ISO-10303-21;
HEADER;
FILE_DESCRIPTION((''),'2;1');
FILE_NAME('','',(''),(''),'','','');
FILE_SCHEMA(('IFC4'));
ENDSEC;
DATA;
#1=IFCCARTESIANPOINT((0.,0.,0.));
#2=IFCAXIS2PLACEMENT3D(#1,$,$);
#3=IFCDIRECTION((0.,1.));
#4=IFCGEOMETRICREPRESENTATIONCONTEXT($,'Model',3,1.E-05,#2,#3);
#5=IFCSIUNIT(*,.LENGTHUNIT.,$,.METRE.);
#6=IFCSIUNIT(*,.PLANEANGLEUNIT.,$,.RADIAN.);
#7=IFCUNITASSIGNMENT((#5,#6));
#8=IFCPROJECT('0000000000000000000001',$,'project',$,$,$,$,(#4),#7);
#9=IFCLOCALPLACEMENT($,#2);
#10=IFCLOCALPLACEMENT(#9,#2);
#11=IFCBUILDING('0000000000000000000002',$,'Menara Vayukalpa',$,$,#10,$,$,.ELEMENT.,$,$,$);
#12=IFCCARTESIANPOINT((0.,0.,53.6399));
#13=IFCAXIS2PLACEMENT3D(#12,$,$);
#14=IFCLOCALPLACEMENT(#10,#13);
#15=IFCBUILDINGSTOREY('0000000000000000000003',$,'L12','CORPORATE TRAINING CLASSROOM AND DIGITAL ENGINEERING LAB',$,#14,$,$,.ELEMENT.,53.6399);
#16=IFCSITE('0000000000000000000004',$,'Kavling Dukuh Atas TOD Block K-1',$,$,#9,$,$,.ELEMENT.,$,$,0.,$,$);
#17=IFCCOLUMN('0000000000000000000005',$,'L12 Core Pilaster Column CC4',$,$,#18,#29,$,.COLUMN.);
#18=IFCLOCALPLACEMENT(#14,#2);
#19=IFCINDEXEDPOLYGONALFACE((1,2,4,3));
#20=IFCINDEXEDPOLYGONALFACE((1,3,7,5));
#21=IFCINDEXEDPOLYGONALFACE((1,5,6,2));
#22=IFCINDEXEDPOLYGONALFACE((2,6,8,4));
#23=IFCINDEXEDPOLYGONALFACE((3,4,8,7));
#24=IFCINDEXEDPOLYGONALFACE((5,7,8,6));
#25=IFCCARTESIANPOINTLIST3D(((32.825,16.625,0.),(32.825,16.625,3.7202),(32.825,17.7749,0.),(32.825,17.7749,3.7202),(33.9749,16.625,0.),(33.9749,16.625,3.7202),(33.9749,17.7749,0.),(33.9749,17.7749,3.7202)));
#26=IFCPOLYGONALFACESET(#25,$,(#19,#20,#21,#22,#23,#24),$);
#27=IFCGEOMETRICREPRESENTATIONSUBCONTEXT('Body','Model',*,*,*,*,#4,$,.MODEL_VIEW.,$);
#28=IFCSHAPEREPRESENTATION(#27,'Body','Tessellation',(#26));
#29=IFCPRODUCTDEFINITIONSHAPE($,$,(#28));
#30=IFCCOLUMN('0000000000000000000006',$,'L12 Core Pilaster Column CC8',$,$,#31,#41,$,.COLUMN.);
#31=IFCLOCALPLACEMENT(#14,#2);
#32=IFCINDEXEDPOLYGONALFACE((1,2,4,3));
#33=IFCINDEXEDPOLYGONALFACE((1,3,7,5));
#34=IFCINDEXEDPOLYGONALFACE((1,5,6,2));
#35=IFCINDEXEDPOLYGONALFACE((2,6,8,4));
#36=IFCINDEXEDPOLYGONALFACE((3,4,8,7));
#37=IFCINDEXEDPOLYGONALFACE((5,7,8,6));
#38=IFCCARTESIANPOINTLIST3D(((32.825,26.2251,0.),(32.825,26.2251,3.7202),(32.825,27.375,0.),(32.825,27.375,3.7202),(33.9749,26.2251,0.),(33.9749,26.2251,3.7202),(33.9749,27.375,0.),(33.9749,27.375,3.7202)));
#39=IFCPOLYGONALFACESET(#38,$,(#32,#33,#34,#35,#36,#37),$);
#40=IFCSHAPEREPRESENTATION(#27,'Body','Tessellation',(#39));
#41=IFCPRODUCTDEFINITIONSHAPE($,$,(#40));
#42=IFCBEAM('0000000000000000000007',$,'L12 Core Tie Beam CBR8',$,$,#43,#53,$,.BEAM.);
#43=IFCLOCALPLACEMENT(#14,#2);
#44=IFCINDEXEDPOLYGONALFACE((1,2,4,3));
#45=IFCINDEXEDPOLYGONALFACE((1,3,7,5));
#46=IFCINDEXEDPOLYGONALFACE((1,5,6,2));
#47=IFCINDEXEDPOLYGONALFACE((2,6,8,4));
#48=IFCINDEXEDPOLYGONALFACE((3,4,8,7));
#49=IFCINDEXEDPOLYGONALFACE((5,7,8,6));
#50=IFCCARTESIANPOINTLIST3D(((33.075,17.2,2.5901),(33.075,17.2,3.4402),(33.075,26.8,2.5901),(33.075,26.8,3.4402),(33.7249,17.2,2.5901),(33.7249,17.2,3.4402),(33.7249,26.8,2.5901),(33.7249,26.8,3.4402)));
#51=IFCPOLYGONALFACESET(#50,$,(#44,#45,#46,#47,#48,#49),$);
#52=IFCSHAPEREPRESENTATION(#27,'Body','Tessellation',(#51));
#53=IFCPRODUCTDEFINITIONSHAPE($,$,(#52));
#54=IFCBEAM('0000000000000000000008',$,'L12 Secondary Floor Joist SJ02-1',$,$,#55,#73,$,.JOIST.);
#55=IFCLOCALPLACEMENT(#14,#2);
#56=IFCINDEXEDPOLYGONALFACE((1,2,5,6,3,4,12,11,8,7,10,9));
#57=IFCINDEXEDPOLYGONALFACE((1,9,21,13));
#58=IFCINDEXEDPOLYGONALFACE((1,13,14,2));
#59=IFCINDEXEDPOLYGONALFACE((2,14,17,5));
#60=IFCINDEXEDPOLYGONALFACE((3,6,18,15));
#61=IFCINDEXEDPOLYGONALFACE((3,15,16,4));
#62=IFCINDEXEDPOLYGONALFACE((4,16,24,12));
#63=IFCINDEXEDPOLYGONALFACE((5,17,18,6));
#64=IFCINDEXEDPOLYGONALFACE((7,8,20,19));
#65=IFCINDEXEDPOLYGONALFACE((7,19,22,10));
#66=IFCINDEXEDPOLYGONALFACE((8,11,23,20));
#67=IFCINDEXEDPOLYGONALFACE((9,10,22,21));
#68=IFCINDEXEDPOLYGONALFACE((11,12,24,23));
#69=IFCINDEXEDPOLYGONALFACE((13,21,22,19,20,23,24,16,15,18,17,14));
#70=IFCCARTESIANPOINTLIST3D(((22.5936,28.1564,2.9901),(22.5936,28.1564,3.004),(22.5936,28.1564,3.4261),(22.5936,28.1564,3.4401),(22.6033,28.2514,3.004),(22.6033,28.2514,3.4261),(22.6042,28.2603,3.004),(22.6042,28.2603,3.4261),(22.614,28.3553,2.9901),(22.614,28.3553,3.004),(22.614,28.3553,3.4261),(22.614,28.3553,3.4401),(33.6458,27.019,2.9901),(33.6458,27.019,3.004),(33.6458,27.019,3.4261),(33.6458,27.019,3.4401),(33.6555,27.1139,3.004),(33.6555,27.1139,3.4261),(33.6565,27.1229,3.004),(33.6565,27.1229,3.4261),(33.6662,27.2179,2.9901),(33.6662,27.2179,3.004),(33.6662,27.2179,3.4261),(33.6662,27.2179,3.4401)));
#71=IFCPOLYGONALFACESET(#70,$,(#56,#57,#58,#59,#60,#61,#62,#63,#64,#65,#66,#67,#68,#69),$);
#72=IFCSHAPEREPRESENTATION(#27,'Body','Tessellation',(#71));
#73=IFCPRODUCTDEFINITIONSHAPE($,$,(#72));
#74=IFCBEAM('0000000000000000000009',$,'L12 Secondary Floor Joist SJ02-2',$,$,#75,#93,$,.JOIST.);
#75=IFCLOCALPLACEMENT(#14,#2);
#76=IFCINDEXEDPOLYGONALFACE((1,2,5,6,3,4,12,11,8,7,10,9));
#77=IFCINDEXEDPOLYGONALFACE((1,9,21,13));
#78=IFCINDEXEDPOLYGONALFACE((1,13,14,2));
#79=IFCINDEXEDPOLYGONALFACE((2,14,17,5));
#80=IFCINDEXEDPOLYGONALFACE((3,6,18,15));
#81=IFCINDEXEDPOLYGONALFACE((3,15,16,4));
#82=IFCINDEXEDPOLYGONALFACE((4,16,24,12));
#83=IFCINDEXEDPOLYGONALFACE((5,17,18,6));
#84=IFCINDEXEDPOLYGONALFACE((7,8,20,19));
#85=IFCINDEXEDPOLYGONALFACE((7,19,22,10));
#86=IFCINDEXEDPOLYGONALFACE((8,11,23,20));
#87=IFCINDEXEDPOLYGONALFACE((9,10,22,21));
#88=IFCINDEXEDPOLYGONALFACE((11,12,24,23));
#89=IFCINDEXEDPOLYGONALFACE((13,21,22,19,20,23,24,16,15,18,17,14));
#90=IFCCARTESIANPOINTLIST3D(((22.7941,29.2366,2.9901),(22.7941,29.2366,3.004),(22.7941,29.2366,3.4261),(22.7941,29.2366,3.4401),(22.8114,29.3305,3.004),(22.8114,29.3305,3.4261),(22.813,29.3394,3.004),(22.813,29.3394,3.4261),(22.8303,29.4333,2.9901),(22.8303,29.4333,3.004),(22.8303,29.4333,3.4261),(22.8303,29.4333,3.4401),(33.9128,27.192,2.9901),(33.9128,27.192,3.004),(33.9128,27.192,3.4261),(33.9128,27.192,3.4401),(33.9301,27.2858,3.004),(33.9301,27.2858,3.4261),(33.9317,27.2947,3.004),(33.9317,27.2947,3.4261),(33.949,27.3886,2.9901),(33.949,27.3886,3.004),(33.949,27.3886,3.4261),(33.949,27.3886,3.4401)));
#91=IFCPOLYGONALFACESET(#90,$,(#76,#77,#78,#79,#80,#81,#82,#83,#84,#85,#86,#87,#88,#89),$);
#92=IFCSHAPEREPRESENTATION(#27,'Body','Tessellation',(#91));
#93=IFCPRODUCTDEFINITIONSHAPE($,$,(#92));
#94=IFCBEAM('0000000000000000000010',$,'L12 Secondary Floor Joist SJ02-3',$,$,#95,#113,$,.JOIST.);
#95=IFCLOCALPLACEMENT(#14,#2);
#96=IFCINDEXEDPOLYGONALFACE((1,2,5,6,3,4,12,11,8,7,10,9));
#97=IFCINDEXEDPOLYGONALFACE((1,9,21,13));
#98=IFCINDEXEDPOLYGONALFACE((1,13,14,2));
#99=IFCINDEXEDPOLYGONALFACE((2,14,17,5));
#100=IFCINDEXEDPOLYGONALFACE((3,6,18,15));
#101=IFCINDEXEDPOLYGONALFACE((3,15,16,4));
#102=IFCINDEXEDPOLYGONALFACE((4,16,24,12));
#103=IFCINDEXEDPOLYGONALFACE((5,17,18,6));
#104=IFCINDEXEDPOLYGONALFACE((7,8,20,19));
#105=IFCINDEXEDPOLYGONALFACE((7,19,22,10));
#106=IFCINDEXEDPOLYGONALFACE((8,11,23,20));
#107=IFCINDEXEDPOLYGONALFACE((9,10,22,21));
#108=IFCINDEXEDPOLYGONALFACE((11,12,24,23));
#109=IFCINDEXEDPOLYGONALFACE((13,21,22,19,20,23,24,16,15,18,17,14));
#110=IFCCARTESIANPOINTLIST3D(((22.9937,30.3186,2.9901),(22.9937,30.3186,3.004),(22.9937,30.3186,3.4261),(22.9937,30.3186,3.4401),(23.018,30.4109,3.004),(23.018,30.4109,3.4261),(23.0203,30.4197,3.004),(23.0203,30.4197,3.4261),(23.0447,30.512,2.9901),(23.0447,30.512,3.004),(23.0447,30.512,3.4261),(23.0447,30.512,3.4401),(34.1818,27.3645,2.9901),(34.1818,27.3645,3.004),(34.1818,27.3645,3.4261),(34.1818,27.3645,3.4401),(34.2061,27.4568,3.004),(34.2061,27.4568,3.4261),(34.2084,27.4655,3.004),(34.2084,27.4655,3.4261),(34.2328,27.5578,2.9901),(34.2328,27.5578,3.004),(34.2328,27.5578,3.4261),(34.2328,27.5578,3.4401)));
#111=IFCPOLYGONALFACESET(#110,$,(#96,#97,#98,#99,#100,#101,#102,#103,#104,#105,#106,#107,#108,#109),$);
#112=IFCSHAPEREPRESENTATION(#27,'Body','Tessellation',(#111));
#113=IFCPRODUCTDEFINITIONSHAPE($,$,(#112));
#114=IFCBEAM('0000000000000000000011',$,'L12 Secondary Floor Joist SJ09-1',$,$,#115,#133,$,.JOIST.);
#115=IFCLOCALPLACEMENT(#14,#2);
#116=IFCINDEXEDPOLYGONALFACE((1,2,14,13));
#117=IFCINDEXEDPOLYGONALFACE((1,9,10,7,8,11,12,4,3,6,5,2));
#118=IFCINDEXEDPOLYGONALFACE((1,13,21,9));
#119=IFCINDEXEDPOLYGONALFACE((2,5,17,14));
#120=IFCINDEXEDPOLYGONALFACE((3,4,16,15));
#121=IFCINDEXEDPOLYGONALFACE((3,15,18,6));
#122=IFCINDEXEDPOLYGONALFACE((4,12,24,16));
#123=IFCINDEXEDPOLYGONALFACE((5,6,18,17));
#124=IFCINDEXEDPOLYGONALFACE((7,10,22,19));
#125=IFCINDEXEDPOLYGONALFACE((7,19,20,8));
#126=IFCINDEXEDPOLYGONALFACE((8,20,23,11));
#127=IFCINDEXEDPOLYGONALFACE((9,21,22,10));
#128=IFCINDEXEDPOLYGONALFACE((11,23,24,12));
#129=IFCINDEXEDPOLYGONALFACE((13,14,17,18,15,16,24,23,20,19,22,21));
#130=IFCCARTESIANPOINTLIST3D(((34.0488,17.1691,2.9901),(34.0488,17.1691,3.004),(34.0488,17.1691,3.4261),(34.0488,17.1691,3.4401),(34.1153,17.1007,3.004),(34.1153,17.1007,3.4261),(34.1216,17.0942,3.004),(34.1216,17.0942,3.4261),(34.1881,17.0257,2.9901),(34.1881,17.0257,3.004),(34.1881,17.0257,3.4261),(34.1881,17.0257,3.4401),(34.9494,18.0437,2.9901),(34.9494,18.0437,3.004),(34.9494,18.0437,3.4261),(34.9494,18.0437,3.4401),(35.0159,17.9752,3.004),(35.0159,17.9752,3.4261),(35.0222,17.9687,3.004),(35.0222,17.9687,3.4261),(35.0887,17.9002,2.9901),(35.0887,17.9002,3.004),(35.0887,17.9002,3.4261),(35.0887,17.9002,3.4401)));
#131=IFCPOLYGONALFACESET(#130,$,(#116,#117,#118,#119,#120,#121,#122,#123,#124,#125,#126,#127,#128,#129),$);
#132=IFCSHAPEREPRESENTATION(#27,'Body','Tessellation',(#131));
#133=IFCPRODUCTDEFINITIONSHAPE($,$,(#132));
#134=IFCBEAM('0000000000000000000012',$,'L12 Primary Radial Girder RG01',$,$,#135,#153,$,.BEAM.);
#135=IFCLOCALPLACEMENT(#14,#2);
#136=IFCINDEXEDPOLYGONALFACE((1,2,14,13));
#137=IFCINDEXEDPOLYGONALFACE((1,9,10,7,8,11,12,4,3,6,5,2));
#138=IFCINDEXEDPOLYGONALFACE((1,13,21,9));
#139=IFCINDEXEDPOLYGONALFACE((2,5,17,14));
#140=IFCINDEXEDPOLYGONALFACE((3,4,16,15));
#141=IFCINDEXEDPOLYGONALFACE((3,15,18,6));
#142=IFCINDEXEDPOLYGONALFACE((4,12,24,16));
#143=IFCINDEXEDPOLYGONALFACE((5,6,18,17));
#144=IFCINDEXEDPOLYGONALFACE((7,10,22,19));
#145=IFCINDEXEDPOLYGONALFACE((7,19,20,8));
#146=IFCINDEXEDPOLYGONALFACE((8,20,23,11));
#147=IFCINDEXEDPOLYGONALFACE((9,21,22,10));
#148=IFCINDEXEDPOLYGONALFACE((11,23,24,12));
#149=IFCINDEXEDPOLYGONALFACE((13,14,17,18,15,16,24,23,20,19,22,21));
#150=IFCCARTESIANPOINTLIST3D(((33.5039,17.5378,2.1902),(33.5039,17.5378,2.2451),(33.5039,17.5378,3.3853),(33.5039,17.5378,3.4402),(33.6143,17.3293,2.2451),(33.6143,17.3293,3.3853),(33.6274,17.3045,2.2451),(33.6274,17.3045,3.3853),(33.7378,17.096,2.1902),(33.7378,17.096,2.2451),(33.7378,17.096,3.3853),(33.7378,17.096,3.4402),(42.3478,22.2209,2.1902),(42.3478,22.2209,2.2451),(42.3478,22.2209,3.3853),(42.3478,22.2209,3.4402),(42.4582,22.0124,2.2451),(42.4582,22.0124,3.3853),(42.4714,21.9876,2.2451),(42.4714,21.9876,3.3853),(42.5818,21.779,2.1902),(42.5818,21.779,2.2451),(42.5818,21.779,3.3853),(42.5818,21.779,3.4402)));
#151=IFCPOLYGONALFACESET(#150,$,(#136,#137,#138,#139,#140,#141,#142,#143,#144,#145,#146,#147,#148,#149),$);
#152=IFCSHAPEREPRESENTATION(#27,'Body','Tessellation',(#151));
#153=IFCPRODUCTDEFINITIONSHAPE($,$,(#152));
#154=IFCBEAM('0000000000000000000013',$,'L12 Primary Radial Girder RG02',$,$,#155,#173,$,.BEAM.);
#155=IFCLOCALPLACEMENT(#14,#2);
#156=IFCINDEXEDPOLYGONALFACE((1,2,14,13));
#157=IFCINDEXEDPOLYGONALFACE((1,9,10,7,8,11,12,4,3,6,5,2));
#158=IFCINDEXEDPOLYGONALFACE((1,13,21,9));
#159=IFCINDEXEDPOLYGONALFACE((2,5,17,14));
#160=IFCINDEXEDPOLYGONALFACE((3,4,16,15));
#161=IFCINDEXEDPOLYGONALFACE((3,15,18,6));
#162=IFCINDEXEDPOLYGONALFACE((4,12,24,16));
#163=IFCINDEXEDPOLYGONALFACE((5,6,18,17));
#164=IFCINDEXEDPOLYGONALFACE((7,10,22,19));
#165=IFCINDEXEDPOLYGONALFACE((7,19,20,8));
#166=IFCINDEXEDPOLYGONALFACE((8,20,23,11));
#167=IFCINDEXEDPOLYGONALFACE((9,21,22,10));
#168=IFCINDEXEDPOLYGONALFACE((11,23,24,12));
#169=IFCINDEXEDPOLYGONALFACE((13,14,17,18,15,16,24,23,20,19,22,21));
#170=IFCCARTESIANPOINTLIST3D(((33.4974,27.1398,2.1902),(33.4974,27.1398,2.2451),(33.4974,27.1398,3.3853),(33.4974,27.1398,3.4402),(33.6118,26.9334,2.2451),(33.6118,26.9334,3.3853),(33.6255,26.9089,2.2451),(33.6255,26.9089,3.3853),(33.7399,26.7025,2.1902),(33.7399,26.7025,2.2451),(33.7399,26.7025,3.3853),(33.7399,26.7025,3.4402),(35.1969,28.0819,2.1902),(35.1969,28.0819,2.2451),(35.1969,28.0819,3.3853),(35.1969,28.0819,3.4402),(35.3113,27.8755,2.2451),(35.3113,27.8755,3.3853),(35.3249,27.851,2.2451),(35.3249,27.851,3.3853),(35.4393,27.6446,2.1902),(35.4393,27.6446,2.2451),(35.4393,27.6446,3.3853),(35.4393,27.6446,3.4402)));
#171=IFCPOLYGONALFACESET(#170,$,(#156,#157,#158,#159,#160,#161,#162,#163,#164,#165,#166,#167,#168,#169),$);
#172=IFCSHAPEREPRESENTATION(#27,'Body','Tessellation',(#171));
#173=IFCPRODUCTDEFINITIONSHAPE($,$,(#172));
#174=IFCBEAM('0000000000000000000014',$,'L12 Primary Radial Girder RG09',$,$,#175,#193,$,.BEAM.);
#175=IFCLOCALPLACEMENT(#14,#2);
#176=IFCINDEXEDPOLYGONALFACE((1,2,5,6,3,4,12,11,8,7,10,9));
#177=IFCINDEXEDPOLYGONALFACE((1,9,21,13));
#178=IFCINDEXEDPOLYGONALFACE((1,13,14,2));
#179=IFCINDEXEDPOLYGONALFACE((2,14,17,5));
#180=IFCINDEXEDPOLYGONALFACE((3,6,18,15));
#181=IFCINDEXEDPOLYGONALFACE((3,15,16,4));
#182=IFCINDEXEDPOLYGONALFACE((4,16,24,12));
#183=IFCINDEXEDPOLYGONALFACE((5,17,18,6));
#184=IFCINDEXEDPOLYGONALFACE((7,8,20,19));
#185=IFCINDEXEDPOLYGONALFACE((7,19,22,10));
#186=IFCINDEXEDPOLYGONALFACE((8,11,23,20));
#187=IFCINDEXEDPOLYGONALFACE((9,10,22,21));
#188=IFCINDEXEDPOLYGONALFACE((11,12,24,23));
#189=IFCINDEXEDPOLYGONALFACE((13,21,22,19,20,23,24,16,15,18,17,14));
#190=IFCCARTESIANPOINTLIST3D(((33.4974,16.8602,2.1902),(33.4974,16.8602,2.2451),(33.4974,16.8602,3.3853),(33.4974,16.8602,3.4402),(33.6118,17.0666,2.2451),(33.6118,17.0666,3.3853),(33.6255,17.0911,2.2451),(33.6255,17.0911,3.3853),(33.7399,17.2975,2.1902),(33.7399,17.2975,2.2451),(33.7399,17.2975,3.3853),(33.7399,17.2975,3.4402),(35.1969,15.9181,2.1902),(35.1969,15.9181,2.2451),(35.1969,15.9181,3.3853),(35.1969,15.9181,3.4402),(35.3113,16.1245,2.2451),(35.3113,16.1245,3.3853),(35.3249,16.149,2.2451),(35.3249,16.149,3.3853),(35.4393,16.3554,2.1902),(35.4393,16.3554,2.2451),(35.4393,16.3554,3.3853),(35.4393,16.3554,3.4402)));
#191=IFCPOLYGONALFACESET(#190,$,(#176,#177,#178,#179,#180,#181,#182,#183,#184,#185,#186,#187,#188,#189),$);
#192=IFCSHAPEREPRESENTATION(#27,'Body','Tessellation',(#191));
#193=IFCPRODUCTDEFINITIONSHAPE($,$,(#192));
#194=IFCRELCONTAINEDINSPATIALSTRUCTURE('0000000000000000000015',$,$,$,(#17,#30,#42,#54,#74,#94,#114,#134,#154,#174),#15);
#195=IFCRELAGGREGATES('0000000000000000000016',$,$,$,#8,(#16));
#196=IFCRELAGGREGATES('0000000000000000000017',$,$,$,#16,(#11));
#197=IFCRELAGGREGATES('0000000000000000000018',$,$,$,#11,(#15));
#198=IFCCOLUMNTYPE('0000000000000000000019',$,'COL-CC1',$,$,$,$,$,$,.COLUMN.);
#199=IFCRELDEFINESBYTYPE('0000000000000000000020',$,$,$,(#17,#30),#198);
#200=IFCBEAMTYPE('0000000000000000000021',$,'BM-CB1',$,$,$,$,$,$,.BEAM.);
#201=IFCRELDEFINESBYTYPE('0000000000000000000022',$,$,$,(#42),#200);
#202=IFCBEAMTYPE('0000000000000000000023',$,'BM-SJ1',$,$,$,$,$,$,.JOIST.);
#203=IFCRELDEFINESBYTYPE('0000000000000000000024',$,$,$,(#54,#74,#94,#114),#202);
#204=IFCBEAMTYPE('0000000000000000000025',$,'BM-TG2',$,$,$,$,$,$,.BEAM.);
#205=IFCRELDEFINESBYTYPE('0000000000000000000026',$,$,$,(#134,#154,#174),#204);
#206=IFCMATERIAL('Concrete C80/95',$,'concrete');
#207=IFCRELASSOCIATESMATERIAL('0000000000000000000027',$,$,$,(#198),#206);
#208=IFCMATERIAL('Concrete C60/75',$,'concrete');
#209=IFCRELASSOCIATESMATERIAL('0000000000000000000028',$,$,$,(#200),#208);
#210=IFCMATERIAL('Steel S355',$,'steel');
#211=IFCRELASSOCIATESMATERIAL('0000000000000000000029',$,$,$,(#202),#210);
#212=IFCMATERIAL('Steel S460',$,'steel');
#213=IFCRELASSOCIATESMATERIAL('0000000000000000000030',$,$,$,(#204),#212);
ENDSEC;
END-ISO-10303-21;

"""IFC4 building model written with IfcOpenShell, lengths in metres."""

from ifc_helpers import new_model, si_unit, direction, frame, origin, origin_2d, place, context, subcontext, project, spatial, rectangle, i_section, extrude, material, material_profile, profile_set, type_object, element, save


model = new_model("IFC4")

# Units and contexts
model_context = context("Model", 3, precision=1e-05, world=origin(), true_north=direction((0.0, 1.0)))
body_context = subcontext(model_context, "Body", "Model", "MODEL_VIEW")
ifc_project = project(units=[si_unit("LENGTHUNIT", "METRE"), si_unit("PLANEANGLEUNIT", "RADIAN")], contexts=[model_context])

# Site, building, storey
site_placement = place(None, origin())
site = spatial("IfcSite", under=ifc_project, at=site_placement, Name="Kavling Dukuh Atas TOD Block K-1", CompositionType="ELEMENT", RefElevation=0.0)
building_placement = place(site_placement, origin())
building = spatial("IfcBuilding", under=site, at=building_placement, Name="Menara Vayukalpa", CompositionType="ELEMENT")
storey_placement = place(building_placement, frame((0.0, 0.0, 53.6399)))
storey = spatial("IfcBuildingStorey", under=building, at=storey_placement, Name="L12", Description="CORPORATE TRAINING CLASSROOM AND DIGITAL ENGINEERING LAB", CompositionType="ELEMENT", Elevation=53.6399)

# Columns
ifc_material_1 = material(Name="Concrete C80/95", Category="concrete")
ifc_material_profile_1 = material_profile(ifc_material_1, rectangle(XDim=1.1499, YDim=1.1499, at=origin_2d()), Name="RC 1150x1150")
ifc_profile_set_1 = profile_set([ifc_material_profile_1], Name="Concrete C80/95")
column_type = type_object("IfcColumnType", Name="COL-CC1", PredefinedType="COLUMN", material=ifc_profile_set_1)
for number, where, z_axis, x_axis, name in (
    (1, (33.3999, 17.2, 0.0), (0.0, 0.0, 1.0), (1.0, 0.0, 0.0), "L12 Core Pilaster Column CC4"),
    (2, (33.3999, 26.8, 0.0), (0.0, 0.0, 1.0), (1.0, 0.0, 0.0), "L12 Core Pilaster Column CC8"),
):
    element("IfcColumn", number, at=place(storey_placement, frame(where, z_axis=z_axis, x_axis=x_axis)), inside=storey, type_object=column_type, Name=name, PredefinedType="COLUMN", context=body_context, shape_type="SweptSolid", body=[
        extrude(rectangle(XDim=1.1499, YDim=1.1499, at=origin_2d()), origin(), (0.0, 0.0, 1.0), 3.7202),
    ])

# Beams
ifc_material_2 = material(Name="Concrete C60/75", Category="concrete")
ifc_material_profile_2 = material_profile(ifc_material_2, rectangle(XDim=0.6499, YDim=0.8501, at=origin_2d()), Name="RC 650x850")
ifc_profile_set_2 = profile_set([ifc_material_profile_2], Name="Concrete C60/75")
beam_type_1 = type_object("IfcBeamType", Name="BM-CB1", PredefinedType="BEAM", material=ifc_profile_set_2)
beam_1_placement = place(storey_placement, frame((33.3999, 17.2, 3.0151), z_axis=(0.0, 1.0, 0.0), x_axis=(-1.0, 0.0, 0.0)))
element("IfcBeam", 3, at=beam_1_placement, inside=storey, type_object=beam_type_1, Name="L12 Core Tie Beam CBR8", PredefinedType="BEAM", context=body_context, shape_type="SweptSolid", body=[
    extrude(rectangle(XDim=0.6499, YDim=0.8501, at=origin_2d()), origin(), (0.0, 0.0, 1.0), 9.6001),
])
ifc_material_3 = material(Name="Steel S355", Category="steel")
ifc_material_profile_3 = material_profile(ifc_material_3, i_section(OverallWidth=0.2, OverallDepth=0.45, WebThickness=0.009, FlangeThickness=0.0139, at=origin_2d()), Name="WF 450x200x9x14")
ifc_profile_set_3 = profile_set([ifc_material_profile_3], Name="Steel S355")
beam_type_2 = type_object("IfcBeamType", Name="BM-SJ1", PredefinedType="JOIST", material=ifc_profile_set_3)
beam_2_placement = place(storey_placement, frame((33.656, 27.1184, 3.2151), z_axis=(-0.994746, 0.102375, 0.0), x_axis=(-0.102375, -0.994746, 0.0)))
element("IfcBeam", 4, at=beam_2_placement, inside=storey, type_object=beam_type_2, Name="L12 Secondary Floor Joist SJ02-1", PredefinedType="JOIST", context=body_context, shape_type="SweptSolid", body=[
    extrude(i_section(OverallWidth=0.2, OverallDepth=0.45, WebThickness=0.009, FlangeThickness=0.0139, at=origin_2d()), origin(), (0.0, 0.0, 1.0), 11.1106),
])
beam_3_placement = place(storey_placement, frame((33.9309, 27.2903, 3.2151), z_axis=(-0.983508, 0.180863, 0.0), x_axis=(-0.180863, -0.983508, 0.0)))
element("IfcBeam", 5, at=beam_3_placement, inside=storey, type_object=beam_type_2, Name="L12 Secondary Floor Joist SJ02-2", PredefinedType="JOIST", context=body_context, shape_type="SweptSolid", body=[
    extrude(i_section(OverallWidth=0.2, OverallDepth=0.45, WebThickness=0.009, FlangeThickness=0.0139, at=origin_2d()), origin(), (0.0, 0.0, 1.0), 11.3052),
])
beam_4_placement = place(storey_placement, frame((34.2073, 27.4612, 3.2151), z_axis=(-0.966864, 0.255293, 0.0), x_axis=(-0.255293, -0.966864, 0.0)))
element("IfcBeam", 6, at=beam_4_placement, inside=storey, type_object=beam_type_2, Name="L12 Secondary Floor Joist SJ02-3", PredefinedType="JOIST", context=body_context, shape_type="SweptSolid", body=[
    extrude(i_section(OverallWidth=0.2, OverallDepth=0.45, WebThickness=0.009, FlangeThickness=0.0139, at=origin_2d()), origin(), (0.0, 0.0, 1.0), 11.5715),
])
beam_5_placement = place(storey_placement, frame((34.1184, 17.0974, 3.2151), z_axis=(0.717435, 0.696626, 0.0), x_axis=(-0.696626, 0.717435, 0.0)))
element("IfcBeam", 7, at=beam_5_placement, inside=storey, type_object=beam_type_2, Name="L12 Secondary Floor Joist SJ09-1", PredefinedType="JOIST", context=body_context, shape_type="SweptSolid", body=[
    extrude(i_section(OverallWidth=0.2, OverallDepth=0.45, WebThickness=0.009, FlangeThickness=0.0139, at=origin_2d()), origin(), (0.0, 0.0, 1.0), 1.2554),
])
ifc_material_4 = material(Name="Steel S460", Category="steel")
ifc_material_profile_4 = material_profile(ifc_material_4, i_section(OverallWidth=0.5, OverallDepth=1.25, WebThickness=0.0281, FlangeThickness=0.0549, at=origin_2d()), Name="WG 1250x500x28x55")
ifc_profile_set_4 = profile_set([ifc_material_profile_4], Name="Steel S460")
beam_type_3 = type_object("IfcBeamType", Name="BM-TG2", PredefinedType="BEAM", material=ifc_profile_set_4)
beam_6_placement = place(storey_placement, frame((33.6208, 17.3169, 2.8152), z_axis=(0.883747, 0.467965, 0.0), x_axis=(-0.467965, 0.883747, 0.0)))
element("IfcBeam", 8, at=beam_6_placement, inside=storey, type_object=beam_type_3, Name="L12 Primary Radial Girder RG01", PredefinedType="BEAM", context=body_context, shape_type="SweptSolid", body=[
    extrude(i_section(OverallWidth=0.5, OverallDepth=1.25, WebThickness=0.0281, FlangeThickness=0.0549, at=origin_2d()), origin(), (0.0, 0.0, 1.0), 10.0073),
])
for number, where, z_axis, x_axis, name in (
    (9, (33.6187, 26.9211, 2.8152), (0.874595, 0.484853, 0.0), (-0.484853, 0.874595, 0.0), "L12 Primary Radial Girder RG02"),
    (10, (33.6187, 17.0789, 2.8152), (0.874595, -0.484853, 0.0), (0.484853, 0.874595, 0.0), "L12 Primary Radial Girder RG09"),
):
    element("IfcBeam", number, at=place(storey_placement, frame(where, z_axis=z_axis, x_axis=x_axis)), inside=storey, type_object=beam_type_3, Name=name, PredefinedType="BEAM", context=body_context, shape_type="SweptSolid", body=[
        extrude(i_section(OverallWidth=0.5, OverallDepth=1.25, WebThickness=0.0281, FlangeThickness=0.0549, at=origin_2d()), origin(), (0.0, 0.0, 1.0), 1.9431),
    ])

save(model, "model.ifc")
